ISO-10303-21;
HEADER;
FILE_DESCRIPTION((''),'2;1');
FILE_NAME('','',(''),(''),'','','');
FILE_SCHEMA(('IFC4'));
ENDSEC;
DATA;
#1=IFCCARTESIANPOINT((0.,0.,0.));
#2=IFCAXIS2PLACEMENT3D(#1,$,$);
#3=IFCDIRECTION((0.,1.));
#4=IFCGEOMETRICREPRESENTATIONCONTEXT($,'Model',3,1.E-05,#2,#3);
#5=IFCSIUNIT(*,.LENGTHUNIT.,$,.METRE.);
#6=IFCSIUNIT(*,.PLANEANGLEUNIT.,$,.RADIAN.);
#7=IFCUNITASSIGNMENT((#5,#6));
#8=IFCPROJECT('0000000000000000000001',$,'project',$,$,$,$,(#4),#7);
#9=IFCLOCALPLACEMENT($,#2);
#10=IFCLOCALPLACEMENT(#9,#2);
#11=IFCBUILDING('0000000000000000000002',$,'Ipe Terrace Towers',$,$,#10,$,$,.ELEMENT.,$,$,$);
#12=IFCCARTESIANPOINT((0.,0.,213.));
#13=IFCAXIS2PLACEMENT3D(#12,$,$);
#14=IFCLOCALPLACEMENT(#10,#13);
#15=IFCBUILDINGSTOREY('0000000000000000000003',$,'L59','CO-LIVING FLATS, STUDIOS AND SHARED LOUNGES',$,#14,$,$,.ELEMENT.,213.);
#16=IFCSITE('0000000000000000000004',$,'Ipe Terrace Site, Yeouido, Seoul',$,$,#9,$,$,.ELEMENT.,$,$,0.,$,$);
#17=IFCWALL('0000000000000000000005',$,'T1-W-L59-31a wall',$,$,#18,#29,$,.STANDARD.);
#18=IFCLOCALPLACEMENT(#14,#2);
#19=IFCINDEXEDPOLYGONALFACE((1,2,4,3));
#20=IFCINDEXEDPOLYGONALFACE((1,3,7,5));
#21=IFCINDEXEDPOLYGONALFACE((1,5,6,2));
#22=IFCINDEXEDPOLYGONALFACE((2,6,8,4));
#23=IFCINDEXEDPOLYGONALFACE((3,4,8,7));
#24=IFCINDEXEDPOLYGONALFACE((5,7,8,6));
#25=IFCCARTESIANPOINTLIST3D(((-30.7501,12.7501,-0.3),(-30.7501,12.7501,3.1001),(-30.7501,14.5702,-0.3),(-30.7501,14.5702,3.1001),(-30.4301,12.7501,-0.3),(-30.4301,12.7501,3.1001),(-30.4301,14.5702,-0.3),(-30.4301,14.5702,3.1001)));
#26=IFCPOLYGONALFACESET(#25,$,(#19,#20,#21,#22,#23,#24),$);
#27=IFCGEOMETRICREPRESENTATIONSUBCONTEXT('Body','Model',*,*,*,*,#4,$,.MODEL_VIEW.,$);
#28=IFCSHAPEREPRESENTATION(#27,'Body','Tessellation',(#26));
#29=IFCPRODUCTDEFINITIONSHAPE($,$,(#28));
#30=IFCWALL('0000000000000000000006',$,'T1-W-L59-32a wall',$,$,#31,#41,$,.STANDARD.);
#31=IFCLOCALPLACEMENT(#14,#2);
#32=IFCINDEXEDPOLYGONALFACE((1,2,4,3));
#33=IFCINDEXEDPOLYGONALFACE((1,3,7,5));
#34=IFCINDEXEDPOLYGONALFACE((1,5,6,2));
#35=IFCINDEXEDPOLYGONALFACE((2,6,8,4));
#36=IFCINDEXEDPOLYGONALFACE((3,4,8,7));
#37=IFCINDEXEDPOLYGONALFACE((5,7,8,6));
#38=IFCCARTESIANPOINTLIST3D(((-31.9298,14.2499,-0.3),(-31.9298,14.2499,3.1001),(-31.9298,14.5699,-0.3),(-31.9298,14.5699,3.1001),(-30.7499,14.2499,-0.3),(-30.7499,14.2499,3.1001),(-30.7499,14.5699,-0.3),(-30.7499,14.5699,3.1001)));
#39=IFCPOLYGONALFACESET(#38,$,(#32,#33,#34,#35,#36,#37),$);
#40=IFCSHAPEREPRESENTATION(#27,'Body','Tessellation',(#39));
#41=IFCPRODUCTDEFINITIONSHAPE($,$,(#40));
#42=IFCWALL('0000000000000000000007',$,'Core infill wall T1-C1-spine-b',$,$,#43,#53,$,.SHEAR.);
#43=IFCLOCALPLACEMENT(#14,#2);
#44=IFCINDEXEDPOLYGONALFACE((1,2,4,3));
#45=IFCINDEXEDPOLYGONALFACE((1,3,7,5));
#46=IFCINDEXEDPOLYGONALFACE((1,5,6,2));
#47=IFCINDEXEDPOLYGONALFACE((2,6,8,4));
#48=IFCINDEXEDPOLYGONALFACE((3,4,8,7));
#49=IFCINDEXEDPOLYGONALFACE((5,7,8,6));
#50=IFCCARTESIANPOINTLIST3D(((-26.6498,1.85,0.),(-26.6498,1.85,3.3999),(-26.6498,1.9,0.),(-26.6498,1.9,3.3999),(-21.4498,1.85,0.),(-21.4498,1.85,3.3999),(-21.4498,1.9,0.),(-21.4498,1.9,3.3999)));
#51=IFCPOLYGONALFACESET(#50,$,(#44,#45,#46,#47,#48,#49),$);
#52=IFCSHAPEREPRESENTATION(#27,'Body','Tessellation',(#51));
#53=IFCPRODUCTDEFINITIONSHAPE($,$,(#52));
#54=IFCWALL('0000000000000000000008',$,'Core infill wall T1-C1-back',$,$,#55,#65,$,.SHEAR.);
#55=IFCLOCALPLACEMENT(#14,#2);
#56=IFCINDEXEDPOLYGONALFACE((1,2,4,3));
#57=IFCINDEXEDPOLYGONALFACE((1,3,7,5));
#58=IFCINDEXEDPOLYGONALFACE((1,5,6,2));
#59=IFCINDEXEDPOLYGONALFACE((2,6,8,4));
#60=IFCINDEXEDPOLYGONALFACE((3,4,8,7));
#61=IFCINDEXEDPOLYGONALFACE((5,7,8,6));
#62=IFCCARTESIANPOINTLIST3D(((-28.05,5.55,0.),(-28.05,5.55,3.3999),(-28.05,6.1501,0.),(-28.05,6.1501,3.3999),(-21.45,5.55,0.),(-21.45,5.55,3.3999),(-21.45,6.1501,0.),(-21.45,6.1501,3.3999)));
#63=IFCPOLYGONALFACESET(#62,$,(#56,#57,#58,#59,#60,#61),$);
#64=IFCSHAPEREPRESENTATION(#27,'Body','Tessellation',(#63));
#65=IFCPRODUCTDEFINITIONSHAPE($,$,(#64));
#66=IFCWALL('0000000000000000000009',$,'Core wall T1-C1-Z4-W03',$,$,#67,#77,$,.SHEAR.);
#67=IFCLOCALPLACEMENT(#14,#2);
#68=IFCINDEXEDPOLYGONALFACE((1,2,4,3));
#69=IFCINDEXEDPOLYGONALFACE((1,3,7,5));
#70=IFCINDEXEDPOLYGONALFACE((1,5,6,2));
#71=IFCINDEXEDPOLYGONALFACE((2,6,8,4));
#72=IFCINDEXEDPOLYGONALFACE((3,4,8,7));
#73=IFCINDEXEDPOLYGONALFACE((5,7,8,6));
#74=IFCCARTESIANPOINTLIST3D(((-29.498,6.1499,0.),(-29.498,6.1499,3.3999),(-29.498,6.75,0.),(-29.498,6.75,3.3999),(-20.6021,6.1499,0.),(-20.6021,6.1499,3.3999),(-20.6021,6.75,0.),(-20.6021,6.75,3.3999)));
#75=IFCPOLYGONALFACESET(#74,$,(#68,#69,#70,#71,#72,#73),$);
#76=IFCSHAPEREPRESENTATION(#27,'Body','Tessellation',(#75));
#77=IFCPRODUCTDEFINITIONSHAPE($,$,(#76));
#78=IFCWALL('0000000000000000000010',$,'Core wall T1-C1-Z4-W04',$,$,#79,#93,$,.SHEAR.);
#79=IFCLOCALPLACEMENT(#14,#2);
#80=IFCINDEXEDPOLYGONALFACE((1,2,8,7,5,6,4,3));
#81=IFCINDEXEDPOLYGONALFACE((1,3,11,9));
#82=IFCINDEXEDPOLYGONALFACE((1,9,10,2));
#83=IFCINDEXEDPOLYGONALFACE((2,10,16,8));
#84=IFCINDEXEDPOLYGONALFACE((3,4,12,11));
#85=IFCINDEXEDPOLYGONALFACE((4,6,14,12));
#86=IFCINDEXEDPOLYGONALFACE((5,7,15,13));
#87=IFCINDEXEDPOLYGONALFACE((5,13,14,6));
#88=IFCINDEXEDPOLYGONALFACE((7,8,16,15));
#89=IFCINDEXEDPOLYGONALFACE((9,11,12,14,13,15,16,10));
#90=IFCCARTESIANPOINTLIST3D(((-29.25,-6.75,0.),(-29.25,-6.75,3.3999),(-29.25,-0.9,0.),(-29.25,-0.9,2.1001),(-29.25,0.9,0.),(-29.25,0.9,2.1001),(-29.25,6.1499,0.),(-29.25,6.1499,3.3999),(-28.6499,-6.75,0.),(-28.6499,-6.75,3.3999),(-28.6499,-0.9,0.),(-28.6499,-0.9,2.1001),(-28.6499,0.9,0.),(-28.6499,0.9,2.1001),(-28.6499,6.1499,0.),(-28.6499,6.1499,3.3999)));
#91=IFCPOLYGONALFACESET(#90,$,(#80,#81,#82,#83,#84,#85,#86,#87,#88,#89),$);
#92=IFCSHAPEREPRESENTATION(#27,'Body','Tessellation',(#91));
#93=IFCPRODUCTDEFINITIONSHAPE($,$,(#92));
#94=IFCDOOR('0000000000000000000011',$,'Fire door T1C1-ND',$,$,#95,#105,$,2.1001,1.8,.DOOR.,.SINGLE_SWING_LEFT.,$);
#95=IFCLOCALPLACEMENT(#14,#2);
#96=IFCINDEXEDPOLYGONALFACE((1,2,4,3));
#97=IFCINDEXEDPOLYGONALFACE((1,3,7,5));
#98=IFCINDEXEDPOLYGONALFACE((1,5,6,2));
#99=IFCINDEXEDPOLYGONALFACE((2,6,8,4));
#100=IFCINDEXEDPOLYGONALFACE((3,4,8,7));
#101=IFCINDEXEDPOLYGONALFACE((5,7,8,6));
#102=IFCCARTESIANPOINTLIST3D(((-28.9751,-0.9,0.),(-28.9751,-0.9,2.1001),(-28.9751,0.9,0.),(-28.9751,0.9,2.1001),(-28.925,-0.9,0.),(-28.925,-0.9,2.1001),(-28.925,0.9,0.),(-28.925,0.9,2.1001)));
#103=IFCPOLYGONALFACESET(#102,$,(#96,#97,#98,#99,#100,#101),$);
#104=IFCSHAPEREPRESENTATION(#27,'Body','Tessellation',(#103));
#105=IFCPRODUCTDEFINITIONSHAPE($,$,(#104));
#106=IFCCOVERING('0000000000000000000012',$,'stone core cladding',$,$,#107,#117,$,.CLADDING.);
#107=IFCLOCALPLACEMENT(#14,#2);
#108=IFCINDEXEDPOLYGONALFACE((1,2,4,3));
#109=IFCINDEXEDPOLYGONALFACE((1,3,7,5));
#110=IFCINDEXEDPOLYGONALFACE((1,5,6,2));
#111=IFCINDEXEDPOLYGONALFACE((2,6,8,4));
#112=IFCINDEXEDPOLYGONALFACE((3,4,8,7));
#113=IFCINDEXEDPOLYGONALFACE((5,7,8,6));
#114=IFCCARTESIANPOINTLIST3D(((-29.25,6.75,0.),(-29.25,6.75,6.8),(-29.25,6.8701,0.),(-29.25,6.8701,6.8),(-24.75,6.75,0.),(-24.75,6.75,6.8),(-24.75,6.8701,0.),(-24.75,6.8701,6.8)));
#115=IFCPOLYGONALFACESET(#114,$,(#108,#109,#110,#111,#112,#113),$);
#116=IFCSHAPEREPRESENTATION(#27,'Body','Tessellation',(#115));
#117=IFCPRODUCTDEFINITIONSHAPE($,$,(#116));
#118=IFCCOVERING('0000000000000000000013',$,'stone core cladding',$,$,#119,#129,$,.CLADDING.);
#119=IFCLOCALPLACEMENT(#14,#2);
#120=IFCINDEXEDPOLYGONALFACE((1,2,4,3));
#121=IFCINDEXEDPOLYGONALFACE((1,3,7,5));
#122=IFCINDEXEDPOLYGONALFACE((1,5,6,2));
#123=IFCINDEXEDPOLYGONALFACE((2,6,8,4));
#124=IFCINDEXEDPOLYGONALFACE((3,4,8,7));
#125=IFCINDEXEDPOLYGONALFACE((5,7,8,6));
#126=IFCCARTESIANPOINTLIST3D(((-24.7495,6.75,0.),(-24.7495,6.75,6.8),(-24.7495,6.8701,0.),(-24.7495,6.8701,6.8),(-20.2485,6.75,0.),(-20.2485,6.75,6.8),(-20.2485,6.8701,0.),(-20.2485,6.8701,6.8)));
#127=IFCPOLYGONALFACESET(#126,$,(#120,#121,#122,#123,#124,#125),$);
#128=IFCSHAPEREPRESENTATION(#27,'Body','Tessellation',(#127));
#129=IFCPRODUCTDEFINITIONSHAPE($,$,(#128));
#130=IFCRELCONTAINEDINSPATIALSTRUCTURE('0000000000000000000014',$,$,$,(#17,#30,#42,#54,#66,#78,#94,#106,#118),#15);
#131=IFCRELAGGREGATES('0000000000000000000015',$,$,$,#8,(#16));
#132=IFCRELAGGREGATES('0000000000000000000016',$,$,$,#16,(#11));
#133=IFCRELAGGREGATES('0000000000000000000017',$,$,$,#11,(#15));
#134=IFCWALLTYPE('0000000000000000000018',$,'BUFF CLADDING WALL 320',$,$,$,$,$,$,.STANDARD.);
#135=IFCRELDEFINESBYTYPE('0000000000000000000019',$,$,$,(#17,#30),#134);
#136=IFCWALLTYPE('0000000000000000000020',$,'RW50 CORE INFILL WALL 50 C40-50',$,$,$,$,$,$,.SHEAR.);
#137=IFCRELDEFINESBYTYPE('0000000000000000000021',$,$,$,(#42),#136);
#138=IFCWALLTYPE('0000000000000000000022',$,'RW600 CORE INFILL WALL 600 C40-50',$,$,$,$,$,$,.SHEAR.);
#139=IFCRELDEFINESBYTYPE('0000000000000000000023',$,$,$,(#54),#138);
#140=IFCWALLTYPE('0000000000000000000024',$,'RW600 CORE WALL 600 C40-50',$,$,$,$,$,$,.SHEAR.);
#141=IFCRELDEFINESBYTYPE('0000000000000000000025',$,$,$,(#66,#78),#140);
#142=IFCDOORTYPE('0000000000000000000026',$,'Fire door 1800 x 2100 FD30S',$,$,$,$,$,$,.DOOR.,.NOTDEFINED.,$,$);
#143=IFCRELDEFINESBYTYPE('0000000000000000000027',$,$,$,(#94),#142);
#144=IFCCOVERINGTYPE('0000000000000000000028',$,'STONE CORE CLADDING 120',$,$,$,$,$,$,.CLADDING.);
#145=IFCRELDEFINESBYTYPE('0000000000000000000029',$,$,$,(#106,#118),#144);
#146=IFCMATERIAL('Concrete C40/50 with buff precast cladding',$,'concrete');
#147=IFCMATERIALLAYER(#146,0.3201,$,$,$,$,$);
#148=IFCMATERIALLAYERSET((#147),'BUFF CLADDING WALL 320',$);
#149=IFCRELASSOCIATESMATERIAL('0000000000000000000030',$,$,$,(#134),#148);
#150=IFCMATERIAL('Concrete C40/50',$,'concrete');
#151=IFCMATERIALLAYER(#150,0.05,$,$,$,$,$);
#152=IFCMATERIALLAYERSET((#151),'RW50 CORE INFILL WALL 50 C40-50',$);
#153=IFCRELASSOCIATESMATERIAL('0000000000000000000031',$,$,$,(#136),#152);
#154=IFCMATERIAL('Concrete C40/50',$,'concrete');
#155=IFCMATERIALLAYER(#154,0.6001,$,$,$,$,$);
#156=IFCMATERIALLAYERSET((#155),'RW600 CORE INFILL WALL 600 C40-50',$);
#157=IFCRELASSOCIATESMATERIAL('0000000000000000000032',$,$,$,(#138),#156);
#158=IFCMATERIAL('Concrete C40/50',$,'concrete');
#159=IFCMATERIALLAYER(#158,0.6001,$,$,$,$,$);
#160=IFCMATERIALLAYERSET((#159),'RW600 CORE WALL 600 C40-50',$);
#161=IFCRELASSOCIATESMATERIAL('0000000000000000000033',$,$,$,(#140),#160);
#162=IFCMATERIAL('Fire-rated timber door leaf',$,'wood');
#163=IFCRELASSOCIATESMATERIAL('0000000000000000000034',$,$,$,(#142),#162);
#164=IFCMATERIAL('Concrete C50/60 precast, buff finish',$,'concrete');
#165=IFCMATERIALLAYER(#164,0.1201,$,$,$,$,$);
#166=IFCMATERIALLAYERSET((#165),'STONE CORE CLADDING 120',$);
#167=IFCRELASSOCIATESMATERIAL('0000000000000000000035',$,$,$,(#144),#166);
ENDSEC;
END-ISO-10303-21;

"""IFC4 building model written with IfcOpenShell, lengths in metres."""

from ifc_helpers import new_model, si_unit, direction, frame, frame_2d, origin, origin_2d, place, context, subcontext, project, spatial, rectangle, extrude, material, layer, layer_set, type_object, element, fill, save


model = new_model("IFC4")

# Units and contexts
model_context = context("Model", 3, precision=1e-05, world=origin(), true_north=direction((0.0, 1.0)))
body_context = subcontext(model_context, "Body", "Model", "MODEL_VIEW")
ifc_project = project(units=[si_unit("LENGTHUNIT", "METRE"), si_unit("PLANEANGLEUNIT", "RADIAN")], contexts=[model_context])

# Site, building, storey
site_placement = place(None, origin())
site = spatial("IfcSite", under=ifc_project, at=site_placement, Name="Ipe Terrace Site, Yeouido, Seoul", CompositionType="ELEMENT", RefElevation=0.0)
building_placement = place(site_placement, origin())
building = spatial("IfcBuilding", under=site, at=building_placement, Name="Ipe Terrace Towers", CompositionType="ELEMENT")
storey_placement = place(building_placement, frame((0.0, 0.0, 213.0)))
storey = spatial("IfcBuildingStorey", under=building, at=storey_placement, Name="L59", Description="CO-LIVING FLATS, STUDIOS AND SHARED LOUNGES", CompositionType="ELEMENT", Elevation=213.0)

# Walls
ifc_material_1 = material(Name="Concrete C40/50 with buff precast cladding", Category="concrete")
ifc_layer_1 = layer(ifc_material_1, 0.3201)
ifc_layer_set_1 = layer_set([ifc_layer_1], Name="BUFF CLADDING WALL 320")
wall_type_1 = type_object("IfcWallType", Name="BUFF CLADDING WALL 320", PredefinedType="STANDARD", material=ifc_layer_set_1)
wall_1_placement = place(storey_placement, frame((-30.5901, 12.75, -0.3), z_axis=(0.0, 0.0, 1.0), x_axis=(0.0, 1.0, 0.0)))
element("IfcWall", 1, at=wall_1_placement, inside=storey, type_object=wall_type_1, Name="T1-W-L59-31a wall", PredefinedType="STANDARD", context=body_context, shape_type="SweptSolid", body=[
    extrude(rectangle(XDim=1.8201, YDim=0.3201, at=frame_2d((0.9102, 0.0))), origin(), (0.0, 0.0, 1.0), 3.4001),
])
wall_2_placement = place(storey_placement, frame((-30.75, 14.4099, -0.3), z_axis=(0.0, 0.0, 1.0), x_axis=(-1.0, 0.0, 0.0)))
element("IfcWall", 2, at=wall_2_placement, inside=storey, type_object=wall_type_1, Name="T1-W-L59-32a wall", PredefinedType="STANDARD", context=body_context, shape_type="SweptSolid", body=[
    extrude(rectangle(XDim=1.1799, YDim=0.3201, at=frame_2d((0.5898, 0.0))), origin(), (0.0, 0.0, 1.0), 3.4001),
])
ifc_material_2 = material(Name="Concrete C40/50", Category="concrete")
ifc_layer_2 = layer(ifc_material_2, 0.05)
ifc_layer_set_2 = layer_set([ifc_layer_2], Name="RW50 CORE INFILL WALL 50 C40-50")
wall_type_2 = type_object("IfcWallType", Name="RW50 CORE INFILL WALL 50 C40-50", PredefinedType="SHEAR", material=ifc_layer_set_2)
wall_3_placement = place(storey_placement, frame((-26.6499, 1.875, 0.0), z_axis=(0.0, 0.0, 1.0), x_axis=(1.0, 0.0, 0.0)))
element("IfcWall", 3, at=wall_3_placement, inside=storey, type_object=wall_type_2, Name="Core infill wall T1-C1-spine-b", PredefinedType="SHEAR", context=body_context, shape_type="SweptSolid", body=[
    extrude(rectangle(XDim=5.2, YDim=0.05, at=frame_2d((2.6001, 0.0))), origin(), (0.0, 0.0, 1.0), 3.3999),
])
ifc_material_3 = material(Name="Concrete C40/50", Category="concrete")
ifc_layer_3 = layer(ifc_material_3, 0.6001)
ifc_layer_set_3 = layer_set([ifc_layer_3], Name="RW600 CORE INFILL WALL 600 C40-50")
wall_type_3 = type_object("IfcWallType", Name="RW600 CORE INFILL WALL 600 C40-50", PredefinedType="SHEAR", material=ifc_layer_set_3)
wall_4_placement = place(storey_placement, frame((-28.05, 5.8501, 0.0), z_axis=(0.0, 0.0, 1.0), x_axis=(1.0, 0.0, 0.0)))
element("IfcWall", 4, at=wall_4_placement, inside=storey, type_object=wall_type_3, Name="Core infill wall T1-C1-back", PredefinedType="SHEAR", context=body_context, shape_type="SweptSolid", body=[
    extrude(rectangle(XDim=6.6001, YDim=0.6001, at=frame_2d((3.3, 0.0))), origin(), (0.0, 0.0, 1.0), 3.3999),
])
ifc_material_4 = material(Name="Concrete C40/50", Category="concrete")
ifc_layer_4 = layer(ifc_material_4, 0.6001)
ifc_layer_set_4 = layer_set([ifc_layer_4], Name="RW600 CORE WALL 600 C40-50")
wall_type_4 = type_object("IfcWallType", Name="RW600 CORE WALL 600 C40-50", PredefinedType="SHEAR", material=ifc_layer_set_4)
wall_5_placement = place(storey_placement, frame((-20.6021, 6.45, 0.0), z_axis=(0.0, 0.0, 1.0), x_axis=(-1.0, 0.0, 0.0)))
element("IfcWall", 5, at=wall_5_placement, inside=storey, type_object=wall_type_4, Name="Core wall T1-C1-Z4-W03", PredefinedType="SHEAR", context=body_context, shape_type="SweptSolid", body=[
    extrude(rectangle(XDim=8.896, YDim=0.6001, at=frame_2d((4.448, 0.0))), origin(), (0.0, 0.0, 1.0), 3.3999),
])

# Wall, opening, door
wall_6_placement = place(storey_placement, frame((-28.95, 6.1499, 0.0), z_axis=(0.0, 0.0, 1.0), x_axis=(0.0, -1.0, 0.0)))
wall_6 = element("IfcWall", 6, at=wall_6_placement, inside=storey, type_object=wall_type_4, Name="Core wall T1-C1-Z4-W04", PredefinedType="SHEAR", context=body_context, shape_type="SweptSolid", body=[
    extrude(rectangle(XDim=12.8999, YDim=0.6001, at=frame_2d((6.45, 0.0))), origin(), (0.0, 0.0, 1.0), 3.3999),
])
opening_placement = place(wall_6_placement, frame((5.25, 0.0, 0.0)))
opening = element("IfcOpeningElement", 7, at=opening_placement, cuts=wall_6, PredefinedType="OPENING", context=body_context, shape_type="SweptSolid", body=[
    extrude(rectangle(XDim=1.8, YDim=2.1001, at=frame_2d((0.8999, 1.05))), frame((0.0, 0.3101, 0.0), z_axis=(0.0, -1.0, 0.0), x_axis=(1.0, 0.0, 0.0)), (0.0, 0.0, 1.0), 0.6201),
])
ifc_material_5 = material(Name="Fire-rated timber door leaf", Category="wood")
door_type = type_object("IfcDoorType", Name="Fire door 1800 x 2100 FD30S", OperationType="NOTDEFINED", PredefinedType="DOOR", material=ifc_material_5)
door_placement = place(opening_placement, origin())
door = element("IfcDoor", 8, at=door_placement, inside=storey, type_object=door_type, Name="Fire door T1C1-ND", OperationType="SINGLE_SWING_LEFT", OverallHeight=2.1001, OverallWidth=1.8, PredefinedType="DOOR", context=body_context, shape_type="SweptSolid", body=[
    extrude(rectangle(XDim=1.8, YDim=2.1001, at=frame_2d((0.8999, 1.05))), frame((0.0, 0.0249, 0.0), z_axis=(0.0, -1.0, 0.0), x_axis=(1.0, 0.0, 0.0)), (0.0, 0.0, 1.0), 0.05),
])
fill(opening, door)

# Coverings
ifc_material_6 = material(Name="Concrete C50/60 precast, buff finish", Category="concrete")
ifc_layer_5 = layer(ifc_material_6, 0.1201)
ifc_layer_set_5 = layer_set([ifc_layer_5], Name="STONE CORE CLADDING 120")
covering_type = type_object("IfcCoveringType", Name="STONE CORE CLADDING 120", PredefinedType="CLADDING", material=ifc_layer_set_5)
covering_1_placement = place(storey_placement, frame((-27.0, 6.8101, 0.0), z_axis=(0.0, 0.0, 1.0), x_axis=(-1.0, 0.0, 0.0)))
element("IfcCovering", 9, at=covering_1_placement, inside=storey, type_object=covering_type, Name="stone core cladding", PredefinedType="CLADDING", context=body_context, shape_type="SweptSolid", body=[
    extrude(rectangle(XDim=4.5, YDim=0.1201, at=origin_2d()), origin(), (0.0, 0.0, 1.0), 6.8),
])
covering_2_placement = place(storey_placement, frame((-22.499, 6.8101, 0.0), z_axis=(0.0, 0.0, 1.0), x_axis=(-1.0, 0.0, 0.0)))
element("IfcCovering", 10, at=covering_2_placement, inside=storey, type_object=covering_type, Name="stone core cladding", PredefinedType="CLADDING", context=body_context, shape_type="SweptSolid", body=[
    extrude(rectangle(XDim=4.501, YDim=0.1201, at=origin_2d()), origin(), (0.0, 0.0, 1.0), 6.8),
])

save(model, "model.ifc")
